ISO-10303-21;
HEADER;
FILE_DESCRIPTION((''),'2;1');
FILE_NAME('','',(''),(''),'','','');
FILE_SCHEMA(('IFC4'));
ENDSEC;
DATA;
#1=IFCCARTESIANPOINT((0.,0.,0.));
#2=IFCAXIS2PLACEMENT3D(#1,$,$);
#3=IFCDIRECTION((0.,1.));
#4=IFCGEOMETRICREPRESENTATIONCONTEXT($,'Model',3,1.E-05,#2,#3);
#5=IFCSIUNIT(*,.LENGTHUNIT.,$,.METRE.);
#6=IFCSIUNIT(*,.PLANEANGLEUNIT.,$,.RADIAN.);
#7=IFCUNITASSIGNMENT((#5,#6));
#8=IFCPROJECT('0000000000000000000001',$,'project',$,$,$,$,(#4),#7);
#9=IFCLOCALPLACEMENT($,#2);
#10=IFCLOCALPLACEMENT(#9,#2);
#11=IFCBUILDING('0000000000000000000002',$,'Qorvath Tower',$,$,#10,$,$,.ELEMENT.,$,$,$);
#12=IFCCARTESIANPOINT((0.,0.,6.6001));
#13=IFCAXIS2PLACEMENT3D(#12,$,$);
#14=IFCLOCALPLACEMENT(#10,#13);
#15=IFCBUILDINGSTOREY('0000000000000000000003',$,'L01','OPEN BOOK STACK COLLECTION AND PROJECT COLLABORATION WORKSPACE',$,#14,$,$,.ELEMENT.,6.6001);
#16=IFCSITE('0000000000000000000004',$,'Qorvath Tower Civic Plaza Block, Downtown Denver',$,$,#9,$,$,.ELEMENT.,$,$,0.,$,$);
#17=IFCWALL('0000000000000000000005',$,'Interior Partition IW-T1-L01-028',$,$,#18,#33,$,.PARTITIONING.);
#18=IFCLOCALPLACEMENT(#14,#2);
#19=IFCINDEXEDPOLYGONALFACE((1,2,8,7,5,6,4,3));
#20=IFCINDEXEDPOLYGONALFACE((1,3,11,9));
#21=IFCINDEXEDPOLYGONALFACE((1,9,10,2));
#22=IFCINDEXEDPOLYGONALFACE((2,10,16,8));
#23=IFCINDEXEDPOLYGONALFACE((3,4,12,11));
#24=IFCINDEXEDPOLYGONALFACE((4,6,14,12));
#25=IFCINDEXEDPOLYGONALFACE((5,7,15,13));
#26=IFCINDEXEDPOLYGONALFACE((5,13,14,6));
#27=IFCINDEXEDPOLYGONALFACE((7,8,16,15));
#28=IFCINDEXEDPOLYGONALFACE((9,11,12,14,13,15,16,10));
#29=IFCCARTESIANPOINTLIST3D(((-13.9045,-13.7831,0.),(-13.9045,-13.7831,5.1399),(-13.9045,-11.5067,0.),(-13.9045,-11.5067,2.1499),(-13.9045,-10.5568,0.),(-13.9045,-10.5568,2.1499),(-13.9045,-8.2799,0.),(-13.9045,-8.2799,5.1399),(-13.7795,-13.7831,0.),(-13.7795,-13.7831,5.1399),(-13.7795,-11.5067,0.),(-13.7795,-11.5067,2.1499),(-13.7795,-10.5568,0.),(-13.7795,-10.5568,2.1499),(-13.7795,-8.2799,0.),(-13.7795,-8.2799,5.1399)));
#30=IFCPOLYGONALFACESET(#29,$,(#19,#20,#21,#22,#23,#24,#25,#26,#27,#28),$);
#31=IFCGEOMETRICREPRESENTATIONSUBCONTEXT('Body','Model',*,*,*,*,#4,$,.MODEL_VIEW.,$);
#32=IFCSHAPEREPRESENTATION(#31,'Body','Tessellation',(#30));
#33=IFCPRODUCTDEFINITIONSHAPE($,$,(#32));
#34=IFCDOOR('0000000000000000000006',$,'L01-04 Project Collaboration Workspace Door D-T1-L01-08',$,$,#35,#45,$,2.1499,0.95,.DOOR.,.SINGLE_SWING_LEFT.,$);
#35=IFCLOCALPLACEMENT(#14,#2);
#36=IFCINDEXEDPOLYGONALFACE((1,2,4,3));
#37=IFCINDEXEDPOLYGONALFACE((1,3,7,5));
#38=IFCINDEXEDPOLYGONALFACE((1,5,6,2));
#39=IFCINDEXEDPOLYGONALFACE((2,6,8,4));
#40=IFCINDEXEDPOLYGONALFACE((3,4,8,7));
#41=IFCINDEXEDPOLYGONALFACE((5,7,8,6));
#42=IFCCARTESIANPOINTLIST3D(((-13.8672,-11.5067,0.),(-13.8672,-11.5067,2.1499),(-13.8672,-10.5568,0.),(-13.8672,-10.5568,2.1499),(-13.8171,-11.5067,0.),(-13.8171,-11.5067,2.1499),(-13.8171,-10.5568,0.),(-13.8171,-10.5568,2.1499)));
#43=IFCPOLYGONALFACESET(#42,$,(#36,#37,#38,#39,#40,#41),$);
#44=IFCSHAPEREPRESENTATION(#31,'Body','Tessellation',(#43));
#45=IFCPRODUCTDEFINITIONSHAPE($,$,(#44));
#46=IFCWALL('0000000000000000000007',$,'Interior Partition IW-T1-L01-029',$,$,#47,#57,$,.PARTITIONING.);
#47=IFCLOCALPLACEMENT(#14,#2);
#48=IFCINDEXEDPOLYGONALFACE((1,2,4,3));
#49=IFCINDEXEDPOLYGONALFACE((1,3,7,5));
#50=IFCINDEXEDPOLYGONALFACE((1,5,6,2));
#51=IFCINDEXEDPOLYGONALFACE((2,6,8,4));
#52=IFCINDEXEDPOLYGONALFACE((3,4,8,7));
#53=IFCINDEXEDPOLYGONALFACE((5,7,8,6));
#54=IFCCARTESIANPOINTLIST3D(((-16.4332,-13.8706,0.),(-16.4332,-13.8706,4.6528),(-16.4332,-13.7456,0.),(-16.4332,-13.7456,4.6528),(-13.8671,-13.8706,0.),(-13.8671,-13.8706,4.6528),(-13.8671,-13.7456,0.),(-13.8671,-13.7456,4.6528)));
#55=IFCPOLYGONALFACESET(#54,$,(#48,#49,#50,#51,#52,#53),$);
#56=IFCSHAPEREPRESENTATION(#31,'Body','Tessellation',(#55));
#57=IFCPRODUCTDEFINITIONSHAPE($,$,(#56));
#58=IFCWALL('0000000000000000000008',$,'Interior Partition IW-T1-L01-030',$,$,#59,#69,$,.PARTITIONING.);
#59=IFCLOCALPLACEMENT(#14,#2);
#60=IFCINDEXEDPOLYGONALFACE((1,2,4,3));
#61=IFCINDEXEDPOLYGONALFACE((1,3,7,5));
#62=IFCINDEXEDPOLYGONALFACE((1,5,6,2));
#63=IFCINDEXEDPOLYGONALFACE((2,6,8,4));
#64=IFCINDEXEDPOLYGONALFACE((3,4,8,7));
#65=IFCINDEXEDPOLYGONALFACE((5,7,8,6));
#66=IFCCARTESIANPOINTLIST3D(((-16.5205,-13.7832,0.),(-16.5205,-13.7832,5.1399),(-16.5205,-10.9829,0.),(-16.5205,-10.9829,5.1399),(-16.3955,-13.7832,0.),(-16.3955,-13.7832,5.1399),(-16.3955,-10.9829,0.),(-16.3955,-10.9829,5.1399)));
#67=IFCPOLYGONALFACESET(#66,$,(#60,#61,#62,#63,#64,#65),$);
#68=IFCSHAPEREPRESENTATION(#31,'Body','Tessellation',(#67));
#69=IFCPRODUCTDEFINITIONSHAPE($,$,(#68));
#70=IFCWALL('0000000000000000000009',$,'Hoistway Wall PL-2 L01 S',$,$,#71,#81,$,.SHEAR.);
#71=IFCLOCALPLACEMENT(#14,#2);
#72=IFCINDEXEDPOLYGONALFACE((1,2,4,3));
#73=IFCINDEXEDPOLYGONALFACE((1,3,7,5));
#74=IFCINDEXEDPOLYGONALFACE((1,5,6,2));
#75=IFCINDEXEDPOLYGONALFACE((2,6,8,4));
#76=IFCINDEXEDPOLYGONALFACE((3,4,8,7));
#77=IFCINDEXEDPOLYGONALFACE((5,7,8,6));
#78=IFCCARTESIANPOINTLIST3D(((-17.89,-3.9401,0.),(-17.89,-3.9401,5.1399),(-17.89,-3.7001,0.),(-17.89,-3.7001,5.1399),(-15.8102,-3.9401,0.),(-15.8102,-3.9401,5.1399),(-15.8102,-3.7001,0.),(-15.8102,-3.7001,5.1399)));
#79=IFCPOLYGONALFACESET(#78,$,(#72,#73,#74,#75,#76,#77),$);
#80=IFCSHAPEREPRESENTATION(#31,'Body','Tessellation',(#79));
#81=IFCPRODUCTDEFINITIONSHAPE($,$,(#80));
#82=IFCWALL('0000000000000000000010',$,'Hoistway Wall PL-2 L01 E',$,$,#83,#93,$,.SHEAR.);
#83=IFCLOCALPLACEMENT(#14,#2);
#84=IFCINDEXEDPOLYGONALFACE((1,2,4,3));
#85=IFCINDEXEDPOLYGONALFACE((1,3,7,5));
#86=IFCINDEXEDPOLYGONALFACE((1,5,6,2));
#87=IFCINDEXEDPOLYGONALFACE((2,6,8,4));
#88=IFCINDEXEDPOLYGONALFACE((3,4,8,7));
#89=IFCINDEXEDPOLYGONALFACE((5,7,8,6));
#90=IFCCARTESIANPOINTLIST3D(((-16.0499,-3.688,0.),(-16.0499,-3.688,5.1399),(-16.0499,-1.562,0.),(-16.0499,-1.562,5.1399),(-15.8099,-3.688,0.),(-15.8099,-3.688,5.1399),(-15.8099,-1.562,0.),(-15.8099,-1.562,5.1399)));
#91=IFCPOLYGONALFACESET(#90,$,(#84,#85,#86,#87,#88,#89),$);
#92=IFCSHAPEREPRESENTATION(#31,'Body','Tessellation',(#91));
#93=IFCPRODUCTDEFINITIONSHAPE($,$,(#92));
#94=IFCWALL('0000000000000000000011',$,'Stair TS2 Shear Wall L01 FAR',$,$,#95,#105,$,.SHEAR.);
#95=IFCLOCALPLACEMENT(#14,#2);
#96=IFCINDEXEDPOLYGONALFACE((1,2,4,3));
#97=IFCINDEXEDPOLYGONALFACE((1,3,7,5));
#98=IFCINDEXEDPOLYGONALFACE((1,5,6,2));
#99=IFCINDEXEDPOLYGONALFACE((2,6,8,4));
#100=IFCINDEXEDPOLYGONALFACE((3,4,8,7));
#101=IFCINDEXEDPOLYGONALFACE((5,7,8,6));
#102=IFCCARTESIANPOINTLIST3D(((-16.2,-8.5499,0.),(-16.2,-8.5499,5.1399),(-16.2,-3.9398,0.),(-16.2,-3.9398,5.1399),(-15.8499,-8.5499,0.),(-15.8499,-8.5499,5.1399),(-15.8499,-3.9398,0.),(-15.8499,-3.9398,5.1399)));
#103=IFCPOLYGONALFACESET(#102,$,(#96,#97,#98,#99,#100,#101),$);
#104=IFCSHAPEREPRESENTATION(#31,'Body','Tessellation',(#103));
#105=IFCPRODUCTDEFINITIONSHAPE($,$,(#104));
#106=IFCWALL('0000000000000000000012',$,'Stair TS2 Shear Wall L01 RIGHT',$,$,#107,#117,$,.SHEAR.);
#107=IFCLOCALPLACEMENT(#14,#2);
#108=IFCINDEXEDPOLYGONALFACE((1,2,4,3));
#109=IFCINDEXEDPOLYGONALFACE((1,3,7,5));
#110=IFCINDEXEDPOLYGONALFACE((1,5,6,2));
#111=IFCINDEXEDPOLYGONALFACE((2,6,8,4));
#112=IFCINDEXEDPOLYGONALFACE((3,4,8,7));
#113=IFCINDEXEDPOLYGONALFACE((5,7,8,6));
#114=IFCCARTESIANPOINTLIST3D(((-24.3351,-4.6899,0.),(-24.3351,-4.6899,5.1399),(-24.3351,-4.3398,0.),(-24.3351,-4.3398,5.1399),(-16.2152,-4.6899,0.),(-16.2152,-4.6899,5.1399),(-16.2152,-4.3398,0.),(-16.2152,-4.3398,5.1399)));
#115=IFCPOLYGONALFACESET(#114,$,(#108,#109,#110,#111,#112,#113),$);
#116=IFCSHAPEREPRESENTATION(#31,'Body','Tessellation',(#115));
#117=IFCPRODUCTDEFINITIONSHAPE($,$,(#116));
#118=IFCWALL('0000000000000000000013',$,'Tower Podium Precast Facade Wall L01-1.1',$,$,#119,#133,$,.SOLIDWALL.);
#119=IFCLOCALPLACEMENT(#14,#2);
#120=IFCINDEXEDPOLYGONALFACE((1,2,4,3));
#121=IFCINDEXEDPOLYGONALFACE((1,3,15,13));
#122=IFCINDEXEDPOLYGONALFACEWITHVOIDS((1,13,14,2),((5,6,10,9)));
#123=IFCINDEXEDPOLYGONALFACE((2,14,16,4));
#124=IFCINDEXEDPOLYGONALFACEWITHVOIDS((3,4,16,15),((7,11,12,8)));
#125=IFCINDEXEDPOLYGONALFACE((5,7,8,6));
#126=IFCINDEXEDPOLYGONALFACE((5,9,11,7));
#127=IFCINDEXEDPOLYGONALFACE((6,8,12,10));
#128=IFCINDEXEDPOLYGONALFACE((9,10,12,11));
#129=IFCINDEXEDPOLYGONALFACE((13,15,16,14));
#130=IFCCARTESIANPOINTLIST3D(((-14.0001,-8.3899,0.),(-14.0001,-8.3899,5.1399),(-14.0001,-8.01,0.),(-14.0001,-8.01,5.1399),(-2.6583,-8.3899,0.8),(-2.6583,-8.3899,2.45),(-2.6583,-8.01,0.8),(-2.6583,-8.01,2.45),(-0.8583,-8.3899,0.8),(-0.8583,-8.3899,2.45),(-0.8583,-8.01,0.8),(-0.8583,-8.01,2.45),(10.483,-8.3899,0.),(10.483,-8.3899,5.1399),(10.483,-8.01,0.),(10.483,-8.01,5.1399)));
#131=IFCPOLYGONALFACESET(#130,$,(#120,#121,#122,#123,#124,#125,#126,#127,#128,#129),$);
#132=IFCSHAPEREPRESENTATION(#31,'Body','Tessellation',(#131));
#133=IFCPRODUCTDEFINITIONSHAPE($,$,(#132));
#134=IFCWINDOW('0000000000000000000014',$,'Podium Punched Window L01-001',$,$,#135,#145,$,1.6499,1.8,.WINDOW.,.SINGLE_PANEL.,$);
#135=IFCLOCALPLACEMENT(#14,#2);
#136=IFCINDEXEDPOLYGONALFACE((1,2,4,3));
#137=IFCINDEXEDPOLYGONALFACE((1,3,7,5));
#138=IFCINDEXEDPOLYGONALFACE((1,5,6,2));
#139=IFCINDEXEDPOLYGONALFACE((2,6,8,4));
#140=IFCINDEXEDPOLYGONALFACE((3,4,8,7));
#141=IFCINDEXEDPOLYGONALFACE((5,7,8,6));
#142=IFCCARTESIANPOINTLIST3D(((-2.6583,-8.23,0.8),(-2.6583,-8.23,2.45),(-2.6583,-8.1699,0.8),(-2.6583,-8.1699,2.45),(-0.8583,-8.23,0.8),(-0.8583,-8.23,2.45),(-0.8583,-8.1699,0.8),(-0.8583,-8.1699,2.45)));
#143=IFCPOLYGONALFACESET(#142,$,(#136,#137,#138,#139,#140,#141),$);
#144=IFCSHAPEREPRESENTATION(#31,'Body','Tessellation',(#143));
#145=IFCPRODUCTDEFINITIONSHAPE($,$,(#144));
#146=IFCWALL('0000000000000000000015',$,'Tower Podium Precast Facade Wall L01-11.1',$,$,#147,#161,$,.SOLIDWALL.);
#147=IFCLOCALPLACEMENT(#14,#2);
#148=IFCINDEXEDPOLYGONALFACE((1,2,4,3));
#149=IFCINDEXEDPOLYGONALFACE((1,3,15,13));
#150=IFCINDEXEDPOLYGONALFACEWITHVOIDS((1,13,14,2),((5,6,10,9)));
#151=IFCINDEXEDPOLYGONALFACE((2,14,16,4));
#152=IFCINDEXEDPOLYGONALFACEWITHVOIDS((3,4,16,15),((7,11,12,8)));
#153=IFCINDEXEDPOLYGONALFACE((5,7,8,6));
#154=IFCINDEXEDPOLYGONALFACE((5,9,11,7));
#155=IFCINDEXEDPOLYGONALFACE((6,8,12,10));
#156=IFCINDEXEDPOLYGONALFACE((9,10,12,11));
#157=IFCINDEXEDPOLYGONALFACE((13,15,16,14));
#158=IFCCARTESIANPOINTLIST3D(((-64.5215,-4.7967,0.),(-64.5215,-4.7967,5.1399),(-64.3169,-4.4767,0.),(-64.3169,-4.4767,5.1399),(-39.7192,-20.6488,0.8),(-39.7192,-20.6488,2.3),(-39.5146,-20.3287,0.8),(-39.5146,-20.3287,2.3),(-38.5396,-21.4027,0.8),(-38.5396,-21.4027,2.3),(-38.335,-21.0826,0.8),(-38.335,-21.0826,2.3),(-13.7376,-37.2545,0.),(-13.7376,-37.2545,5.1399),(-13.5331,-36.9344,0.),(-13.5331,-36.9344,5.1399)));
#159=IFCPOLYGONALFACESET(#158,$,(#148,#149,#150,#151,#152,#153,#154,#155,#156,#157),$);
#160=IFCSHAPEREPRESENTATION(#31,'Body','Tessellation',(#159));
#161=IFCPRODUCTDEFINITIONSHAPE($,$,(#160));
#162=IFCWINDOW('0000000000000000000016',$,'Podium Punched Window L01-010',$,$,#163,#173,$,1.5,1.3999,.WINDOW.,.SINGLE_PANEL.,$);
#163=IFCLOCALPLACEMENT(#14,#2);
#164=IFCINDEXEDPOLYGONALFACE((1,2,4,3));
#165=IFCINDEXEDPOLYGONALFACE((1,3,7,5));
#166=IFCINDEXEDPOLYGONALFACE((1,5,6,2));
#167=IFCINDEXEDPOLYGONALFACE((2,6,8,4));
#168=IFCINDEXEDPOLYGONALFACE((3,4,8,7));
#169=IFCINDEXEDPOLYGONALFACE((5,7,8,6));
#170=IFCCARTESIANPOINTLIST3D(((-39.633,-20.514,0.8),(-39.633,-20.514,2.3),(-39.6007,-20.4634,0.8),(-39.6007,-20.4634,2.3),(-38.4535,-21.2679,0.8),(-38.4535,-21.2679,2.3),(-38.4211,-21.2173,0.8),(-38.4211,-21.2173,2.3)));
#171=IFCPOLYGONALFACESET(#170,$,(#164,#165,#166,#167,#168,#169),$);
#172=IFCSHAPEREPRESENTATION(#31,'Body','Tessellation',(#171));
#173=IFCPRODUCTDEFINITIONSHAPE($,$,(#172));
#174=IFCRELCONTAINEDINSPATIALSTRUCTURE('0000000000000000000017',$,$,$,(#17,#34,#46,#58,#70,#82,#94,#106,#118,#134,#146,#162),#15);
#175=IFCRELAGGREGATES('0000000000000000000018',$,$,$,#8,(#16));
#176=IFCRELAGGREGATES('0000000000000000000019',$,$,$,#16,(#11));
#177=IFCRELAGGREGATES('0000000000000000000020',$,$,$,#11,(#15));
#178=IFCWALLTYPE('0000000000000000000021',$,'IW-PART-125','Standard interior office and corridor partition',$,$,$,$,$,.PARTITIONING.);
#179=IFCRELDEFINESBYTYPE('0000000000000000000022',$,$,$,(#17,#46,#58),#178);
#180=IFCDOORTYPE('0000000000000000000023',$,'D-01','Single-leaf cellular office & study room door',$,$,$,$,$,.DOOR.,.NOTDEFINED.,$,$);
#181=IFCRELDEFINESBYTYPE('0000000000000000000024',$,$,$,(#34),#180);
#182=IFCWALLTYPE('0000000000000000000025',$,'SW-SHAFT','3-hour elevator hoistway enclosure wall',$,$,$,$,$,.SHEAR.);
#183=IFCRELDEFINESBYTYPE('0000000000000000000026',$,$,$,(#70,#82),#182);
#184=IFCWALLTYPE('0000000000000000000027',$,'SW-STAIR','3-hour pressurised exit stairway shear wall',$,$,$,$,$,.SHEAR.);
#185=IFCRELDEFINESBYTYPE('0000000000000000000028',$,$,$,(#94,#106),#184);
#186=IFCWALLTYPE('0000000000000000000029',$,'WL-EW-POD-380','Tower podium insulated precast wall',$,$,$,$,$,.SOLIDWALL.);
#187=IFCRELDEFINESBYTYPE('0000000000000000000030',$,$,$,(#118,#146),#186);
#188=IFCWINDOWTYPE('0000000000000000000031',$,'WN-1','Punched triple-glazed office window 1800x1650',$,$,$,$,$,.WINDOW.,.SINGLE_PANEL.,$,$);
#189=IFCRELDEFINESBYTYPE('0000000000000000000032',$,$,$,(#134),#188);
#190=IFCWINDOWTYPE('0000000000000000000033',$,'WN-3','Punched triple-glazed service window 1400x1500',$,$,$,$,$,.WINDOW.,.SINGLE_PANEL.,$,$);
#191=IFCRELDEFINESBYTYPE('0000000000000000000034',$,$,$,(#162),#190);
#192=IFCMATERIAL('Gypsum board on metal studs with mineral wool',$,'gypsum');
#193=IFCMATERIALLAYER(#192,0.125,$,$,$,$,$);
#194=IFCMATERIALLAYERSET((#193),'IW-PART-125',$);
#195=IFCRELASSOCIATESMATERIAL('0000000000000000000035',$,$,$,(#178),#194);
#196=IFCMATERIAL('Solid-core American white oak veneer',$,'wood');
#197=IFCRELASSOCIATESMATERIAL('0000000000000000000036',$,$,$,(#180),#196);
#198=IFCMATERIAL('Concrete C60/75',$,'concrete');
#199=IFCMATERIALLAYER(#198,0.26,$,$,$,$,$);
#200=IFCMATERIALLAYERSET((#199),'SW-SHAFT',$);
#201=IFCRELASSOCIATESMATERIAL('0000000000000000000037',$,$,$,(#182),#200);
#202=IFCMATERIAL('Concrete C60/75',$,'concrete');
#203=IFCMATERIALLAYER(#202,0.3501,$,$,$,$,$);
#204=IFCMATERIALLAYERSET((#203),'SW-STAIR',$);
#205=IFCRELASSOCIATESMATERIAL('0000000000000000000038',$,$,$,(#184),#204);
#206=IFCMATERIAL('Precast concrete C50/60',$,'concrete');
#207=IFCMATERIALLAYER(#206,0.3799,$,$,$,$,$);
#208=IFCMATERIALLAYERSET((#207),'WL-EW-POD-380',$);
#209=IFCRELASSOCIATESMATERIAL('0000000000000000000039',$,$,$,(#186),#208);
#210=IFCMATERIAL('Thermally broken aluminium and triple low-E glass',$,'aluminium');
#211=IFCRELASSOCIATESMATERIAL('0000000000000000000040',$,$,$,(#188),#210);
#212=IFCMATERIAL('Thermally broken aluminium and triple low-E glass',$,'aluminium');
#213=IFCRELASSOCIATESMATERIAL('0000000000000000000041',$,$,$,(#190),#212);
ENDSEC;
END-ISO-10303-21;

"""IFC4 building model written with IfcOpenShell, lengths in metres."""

from ifc_helpers import new_model, si_unit, direction, frame, frame_2d, origin, place, context, subcontext, project, spatial, rectangle, extrude, material, layer, layer_set, type_object, element, fill, save


model = new_model("IFC4")

# Units and contexts
model_context = context("Model", 3, precision=1e-05, world=origin(), true_north=direction((0.0, 1.0)))
body_context = subcontext(model_context, "Body", "Model", "MODEL_VIEW")
ifc_project = project(units=[si_unit("LENGTHUNIT", "METRE"), si_unit("PLANEANGLEUNIT", "RADIAN")], contexts=[model_context])

# Site, building, storey
site_placement = place(None, origin())
site = spatial("IfcSite", under=ifc_project, at=site_placement, Name="Qorvath Tower Civic Plaza Block, Downtown Denver", CompositionType="ELEMENT", RefElevation=0.0)
building_placement = place(site_placement, origin())
building = spatial("IfcBuilding", under=site, at=building_placement, Name="Qorvath Tower", CompositionType="ELEMENT")
storey_placement = place(building_placement, frame((0.0, 0.0, 6.6001)))
storey = spatial("IfcBuildingStorey", under=building, at=storey_placement, Name="L01", Description="OPEN BOOK STACK COLLECTION AND PROJECT COLLABORATION WORKSPACE", CompositionType="ELEMENT", Elevation=6.6001)

# Wall, opening, door
ifc_material_1 = material(Name="Gypsum board on metal studs with mineral wool", Category="gypsum")
ifc_layer_1 = layer(ifc_material_1, 0.125)
ifc_layer_set_1 = layer_set([ifc_layer_1], Name="IW-PART-125")
wall_type_1 = type_object("IfcWallType", Name="IW-PART-125", Description="Standard interior office and corridor partition", PredefinedType="PARTITIONING", material=ifc_layer_set_1)
wall_1_placement = place(storey_placement, frame((-13.842, -8.28, 0.0), z_axis=(0.0, 0.0, 1.0), x_axis=(0.0, -1.0, 0.0)))
wall_1 = element("IfcWall", 1, at=wall_1_placement, inside=storey, type_object=wall_type_1, Name="Interior Partition IW-T1-L01-028", PredefinedType="PARTITIONING", context=body_context, shape_type="SweptSolid", body=[
    extrude(rectangle(XDim=5.5032, YDim=0.125, at=frame_2d((2.7515, 0.0))), origin(), (0.0, 0.0, 1.0), 5.1399),
])
opening_1_placement = place(wall_1_placement, frame((2.2766, 0.0, 0.0)))
opening_1 = element("IfcOpeningElement", 2, at=opening_1_placement, cuts=wall_1, PredefinedType="OPENING", context=body_context, shape_type="SweptSolid", body=[
    extrude(rectangle(XDim=0.95, YDim=2.1499, at=frame_2d((0.4751, 1.075))), frame((0.0, 0.0725, 0.0), z_axis=(0.0, -1.0, 0.0), x_axis=(1.0, 0.0, 0.0)), (0.0, 0.0, 1.0), 0.145),
])
ifc_material_2 = material(Name="Solid-core American white oak veneer", Category="wood")
door_type = type_object("IfcDoorType", Name="D-01", Description="Single-leaf cellular office & study room door", OperationType="NOTDEFINED", PredefinedType="DOOR", material=ifc_material_2)
door_placement = place(opening_1_placement, origin())
door = element("IfcDoor", 3, at=door_placement, inside=storey, type_object=door_type, Name="L01-04 Project Collaboration Workspace Door D-T1-L01-08", OperationType="SINGLE_SWING_LEFT", OverallHeight=2.1499, OverallWidth=0.95, PredefinedType="DOOR", context=body_context, shape_type="SweptSolid", body=[
    extrude(rectangle(XDim=0.95, YDim=2.1499, at=frame_2d((0.4751, 1.075))), frame((0.0, 0.0249, 0.0), z_axis=(0.0, -1.0, 0.0), x_axis=(1.0, 0.0, 0.0)), (0.0, 0.0, 1.0), 0.05),
])
fill(opening_1, door)

# Walls
wall_2_placement = place(storey_placement, frame((-13.8669, -13.8081, 0.0), z_axis=(0.0, 0.0, 1.0), x_axis=(-1.0, 0.0, 0.0)))
element("IfcWall", 4, at=wall_2_placement, inside=storey, type_object=wall_type_1, Name="Interior Partition IW-T1-L01-029", PredefinedType="PARTITIONING", context=body_context, shape_type="SweptSolid", body=[
    extrude(rectangle(XDim=2.5662, YDim=0.125, at=frame_2d((1.2832, 0.0))), origin(), (0.0, 0.0, 1.0), 4.6528),
])
wall_3_placement = place(storey_placement, frame((-16.458, -10.9829, 0.0), z_axis=(0.0, 0.0, 1.0), x_axis=(0.0, -1.0, 0.0)))
element("IfcWall", 5, at=wall_3_placement, inside=storey, type_object=wall_type_1, Name="Interior Partition IW-T1-L01-030", PredefinedType="PARTITIONING", context=body_context, shape_type="SweptSolid", body=[
    extrude(rectangle(XDim=2.8003, YDim=0.125, at=frame_2d((1.4001, 0.0))), origin(), (0.0, 0.0, 1.0), 5.1399),
])
ifc_material_3 = material(Name="Concrete C60/75", Category="concrete")
ifc_layer_2 = layer(ifc_material_3, 0.26)
ifc_layer_set_2 = layer_set([ifc_layer_2], Name="SW-SHAFT")
wall_type_2 = type_object("IfcWallType", Name="SW-SHAFT", Description="3-hour elevator hoistway enclosure wall", PredefinedType="SHEAR", material=ifc_layer_set_2)
wall_4_placement = place(storey_placement, frame((-15.8101, -3.8201, 0.0), z_axis=(0.0, 0.0, 1.0), x_axis=(-1.0, 0.0, 0.0)))
element("IfcWall", 6, at=wall_4_placement, inside=storey, type_object=wall_type_2, Name="Hoistway Wall PL-2 L01 S", PredefinedType="SHEAR", context=body_context, shape_type="SweptSolid", body=[
    extrude(rectangle(XDim=2.0798, YDim=0.24, at=frame_2d((1.04, 0.0))), origin(), (0.0, 0.0, 1.0), 5.1399),
])
wall_5_placement = place(storey_placement, frame((-15.9299, -1.562, 0.0), z_axis=(0.0, 0.0, 1.0), x_axis=(0.0, -1.0, 0.0)))
element("IfcWall", 7, at=wall_5_placement, inside=storey, type_object=wall_type_2, Name="Hoistway Wall PL-2 L01 E", PredefinedType="SHEAR", context=body_context, shape_type="SweptSolid", body=[
    extrude(rectangle(XDim=2.126, YDim=0.24, at=frame_2d((1.063, 0.0))), origin(), (0.0, 0.0, 1.0), 5.1399),
])
ifc_material_4 = material(Name="Concrete C60/75", Category="concrete")
ifc_layer_3 = layer(ifc_material_4, 0.3501)
ifc_layer_set_3 = layer_set([ifc_layer_3], Name="SW-STAIR")
wall_type_3 = type_object("IfcWallType", Name="SW-STAIR", Description="3-hour pressurised exit stairway shear wall", PredefinedType="SHEAR", material=ifc_layer_set_3)
wall_6_placement = place(storey_placement, frame((-16.0249, -8.55, 0.0), z_axis=(0.0, 0.0, 1.0), x_axis=(0.0, 1.0, 0.0)))
element("IfcWall", 8, at=wall_6_placement, inside=storey, type_object=wall_type_3, Name="Stair TS2 Shear Wall L01 FAR", PredefinedType="SHEAR", context=body_context, shape_type="SweptSolid", body=[
    extrude(rectangle(XDim=4.6101, YDim=0.3501, at=frame_2d((2.3052, 0.0))), origin(), (0.0, 0.0, 1.0), 5.1399),
])
wall_7_placement = place(storey_placement, frame((-16.2151, -4.5149, 0.0), z_axis=(0.0, 0.0, 1.0), x_axis=(-1.0, 0.0, 0.0)))
element("IfcWall", 9, at=wall_7_placement, inside=storey, type_object=wall_type_3, Name="Stair TS2 Shear Wall L01 RIGHT", PredefinedType="SHEAR", context=body_context, shape_type="SweptSolid", body=[
    extrude(rectangle(XDim=8.1199, YDim=0.3501, at=frame_2d((4.0601, 0.0))), origin(), (0.0, 0.0, 1.0), 5.1399),
])

# Walls, openings, windows
ifc_material_5 = material(Name="Precast concrete C50/60", Category="concrete")
ifc_layer_4 = layer(ifc_material_5, 0.3799)
ifc_layer_set_4 = layer_set([ifc_layer_4], Name="WL-EW-POD-380")
wall_type_4 = type_object("IfcWallType", Name="WL-EW-POD-380", Description="Tower podium insulated precast wall", PredefinedType="SOLIDWALL", material=ifc_layer_set_4)
wall_8_placement = place(storey_placement, frame((10.4832, -8.2, 0.0), z_axis=(0.0, 0.0, 1.0), x_axis=(-1.0, 0.0, 0.0)))
wall_8 = element("IfcWall", 10, at=wall_8_placement, inside=storey, type_object=wall_type_4, Name="Tower Podium Precast Facade Wall L01-1.1", PredefinedType="SOLIDWALL", context=body_context, shape_type="SweptSolid", body=[
    extrude(rectangle(XDim=24.4832, YDim=0.3799, at=frame_2d((12.2417, 0.0))), origin(), (0.0, 0.0, 1.0), 5.1399),
])
opening_2_placement = place(wall_8_placement, frame((11.3416, 0.0, 0.8)))
opening_2 = element("IfcOpeningElement", 11, at=opening_2_placement, cuts=wall_8, PredefinedType="OPENING", context=body_context, shape_type="SweptSolid", body=[
    extrude(rectangle(XDim=1.8, YDim=1.6499, at=frame_2d((0.8999, 0.825))), frame((0.0, 0.2, 0.0), z_axis=(0.0, -1.0, 0.0), x_axis=(1.0, 0.0, 0.0)), (0.0, 0.0, 1.0), 0.3999),
])
ifc_material_6 = material(Name="Thermally broken aluminium and triple low-E glass", Category="aluminium")
window_type_1 = type_object("IfcWindowType", Name="WN-1", Description="Punched triple-glazed office window 1800x1650", PartitioningType="SINGLE_PANEL", PredefinedType="WINDOW", material=ifc_material_6)
window_1_placement = place(opening_2_placement, origin())
window_1 = element("IfcWindow", 12, at=window_1_placement, inside=storey, type_object=window_type_1, Name="Podium Punched Window L01-001", OverallHeight=1.6499, OverallWidth=1.8, PartitioningType="SINGLE_PANEL", PredefinedType="WINDOW", context=body_context, shape_type="SweptSolid", body=[
    extrude(rectangle(XDim=1.8, YDim=1.6499, at=frame_2d((0.8999, 0.825))), frame((0.0, 0.03, 0.0), z_axis=(0.0, -1.0, 0.0), x_axis=(1.0, 0.0, 0.0)), (0.0, 0.0, 1.0), 0.0601),
])
fill(opening_2, window_1)
wall_9_placement = place(storey_placement, frame((-13.6353, -37.0945, 0.0), z_axis=(0.0, 0.0, 1.0), x_axis=(-0.842602, 0.538536, 0.0)))
wall_9 = element("IfcWall", 13, at=wall_9_placement, inside=storey, type_object=wall_type_4, Name="Tower Podium Precast Facade Wall L01-11.1", PredefinedType="SOLIDWALL", context=body_context, shape_type="SweptSolid", body=[
    extrude(rectangle(XDim=60.2703, YDim=0.3799, at=frame_2d((30.1353, 0.0))), origin(), (0.0, 0.0, 1.0), 5.1399),
])
opening_3_placement = place(wall_9_placement, frame((29.4351, 0.0, 0.8)))
opening_3 = element("IfcOpeningElement", 14, at=opening_3_placement, cuts=wall_9, PredefinedType="OPENING", context=body_context, shape_type="SweptSolid", body=[
    extrude(rectangle(XDim=1.3999, YDim=1.5, at=frame_2d((0.7, 0.75))), frame((0.0, 0.2, 0.0), z_axis=(0.0, -1.0, 0.0), x_axis=(1.0, 0.0, 0.0)), (0.0, 0.0, 1.0), 0.3999),
])
ifc_material_7 = material(Name="Thermally broken aluminium and triple low-E glass", Category="aluminium")
window_type_2 = type_object("IfcWindowType", Name="WN-3", Description="Punched triple-glazed service window 1400x1500", PartitioningType="SINGLE_PANEL", PredefinedType="WINDOW", material=ifc_material_7)
window_2_placement = place(opening_3_placement, origin())
window_2 = element("IfcWindow", 15, at=window_2_placement, inside=storey, type_object=window_type_2, Name="Podium Punched Window L01-010", OverallHeight=1.5, OverallWidth=1.3999, PartitioningType="SINGLE_PANEL", PredefinedType="WINDOW", context=body_context, shape_type="SweptSolid", body=[
    extrude(rectangle(XDim=1.3999, YDim=1.5, at=frame_2d((0.7, 0.75))), frame((0.0, 0.03, 0.0), z_axis=(0.0, -1.0, 0.0), x_axis=(1.0, 0.0, 0.0)), (0.0, 0.0, 1.0), 0.0601),
])
fill(opening_3, window_2)

save(model, "model.ifc")
